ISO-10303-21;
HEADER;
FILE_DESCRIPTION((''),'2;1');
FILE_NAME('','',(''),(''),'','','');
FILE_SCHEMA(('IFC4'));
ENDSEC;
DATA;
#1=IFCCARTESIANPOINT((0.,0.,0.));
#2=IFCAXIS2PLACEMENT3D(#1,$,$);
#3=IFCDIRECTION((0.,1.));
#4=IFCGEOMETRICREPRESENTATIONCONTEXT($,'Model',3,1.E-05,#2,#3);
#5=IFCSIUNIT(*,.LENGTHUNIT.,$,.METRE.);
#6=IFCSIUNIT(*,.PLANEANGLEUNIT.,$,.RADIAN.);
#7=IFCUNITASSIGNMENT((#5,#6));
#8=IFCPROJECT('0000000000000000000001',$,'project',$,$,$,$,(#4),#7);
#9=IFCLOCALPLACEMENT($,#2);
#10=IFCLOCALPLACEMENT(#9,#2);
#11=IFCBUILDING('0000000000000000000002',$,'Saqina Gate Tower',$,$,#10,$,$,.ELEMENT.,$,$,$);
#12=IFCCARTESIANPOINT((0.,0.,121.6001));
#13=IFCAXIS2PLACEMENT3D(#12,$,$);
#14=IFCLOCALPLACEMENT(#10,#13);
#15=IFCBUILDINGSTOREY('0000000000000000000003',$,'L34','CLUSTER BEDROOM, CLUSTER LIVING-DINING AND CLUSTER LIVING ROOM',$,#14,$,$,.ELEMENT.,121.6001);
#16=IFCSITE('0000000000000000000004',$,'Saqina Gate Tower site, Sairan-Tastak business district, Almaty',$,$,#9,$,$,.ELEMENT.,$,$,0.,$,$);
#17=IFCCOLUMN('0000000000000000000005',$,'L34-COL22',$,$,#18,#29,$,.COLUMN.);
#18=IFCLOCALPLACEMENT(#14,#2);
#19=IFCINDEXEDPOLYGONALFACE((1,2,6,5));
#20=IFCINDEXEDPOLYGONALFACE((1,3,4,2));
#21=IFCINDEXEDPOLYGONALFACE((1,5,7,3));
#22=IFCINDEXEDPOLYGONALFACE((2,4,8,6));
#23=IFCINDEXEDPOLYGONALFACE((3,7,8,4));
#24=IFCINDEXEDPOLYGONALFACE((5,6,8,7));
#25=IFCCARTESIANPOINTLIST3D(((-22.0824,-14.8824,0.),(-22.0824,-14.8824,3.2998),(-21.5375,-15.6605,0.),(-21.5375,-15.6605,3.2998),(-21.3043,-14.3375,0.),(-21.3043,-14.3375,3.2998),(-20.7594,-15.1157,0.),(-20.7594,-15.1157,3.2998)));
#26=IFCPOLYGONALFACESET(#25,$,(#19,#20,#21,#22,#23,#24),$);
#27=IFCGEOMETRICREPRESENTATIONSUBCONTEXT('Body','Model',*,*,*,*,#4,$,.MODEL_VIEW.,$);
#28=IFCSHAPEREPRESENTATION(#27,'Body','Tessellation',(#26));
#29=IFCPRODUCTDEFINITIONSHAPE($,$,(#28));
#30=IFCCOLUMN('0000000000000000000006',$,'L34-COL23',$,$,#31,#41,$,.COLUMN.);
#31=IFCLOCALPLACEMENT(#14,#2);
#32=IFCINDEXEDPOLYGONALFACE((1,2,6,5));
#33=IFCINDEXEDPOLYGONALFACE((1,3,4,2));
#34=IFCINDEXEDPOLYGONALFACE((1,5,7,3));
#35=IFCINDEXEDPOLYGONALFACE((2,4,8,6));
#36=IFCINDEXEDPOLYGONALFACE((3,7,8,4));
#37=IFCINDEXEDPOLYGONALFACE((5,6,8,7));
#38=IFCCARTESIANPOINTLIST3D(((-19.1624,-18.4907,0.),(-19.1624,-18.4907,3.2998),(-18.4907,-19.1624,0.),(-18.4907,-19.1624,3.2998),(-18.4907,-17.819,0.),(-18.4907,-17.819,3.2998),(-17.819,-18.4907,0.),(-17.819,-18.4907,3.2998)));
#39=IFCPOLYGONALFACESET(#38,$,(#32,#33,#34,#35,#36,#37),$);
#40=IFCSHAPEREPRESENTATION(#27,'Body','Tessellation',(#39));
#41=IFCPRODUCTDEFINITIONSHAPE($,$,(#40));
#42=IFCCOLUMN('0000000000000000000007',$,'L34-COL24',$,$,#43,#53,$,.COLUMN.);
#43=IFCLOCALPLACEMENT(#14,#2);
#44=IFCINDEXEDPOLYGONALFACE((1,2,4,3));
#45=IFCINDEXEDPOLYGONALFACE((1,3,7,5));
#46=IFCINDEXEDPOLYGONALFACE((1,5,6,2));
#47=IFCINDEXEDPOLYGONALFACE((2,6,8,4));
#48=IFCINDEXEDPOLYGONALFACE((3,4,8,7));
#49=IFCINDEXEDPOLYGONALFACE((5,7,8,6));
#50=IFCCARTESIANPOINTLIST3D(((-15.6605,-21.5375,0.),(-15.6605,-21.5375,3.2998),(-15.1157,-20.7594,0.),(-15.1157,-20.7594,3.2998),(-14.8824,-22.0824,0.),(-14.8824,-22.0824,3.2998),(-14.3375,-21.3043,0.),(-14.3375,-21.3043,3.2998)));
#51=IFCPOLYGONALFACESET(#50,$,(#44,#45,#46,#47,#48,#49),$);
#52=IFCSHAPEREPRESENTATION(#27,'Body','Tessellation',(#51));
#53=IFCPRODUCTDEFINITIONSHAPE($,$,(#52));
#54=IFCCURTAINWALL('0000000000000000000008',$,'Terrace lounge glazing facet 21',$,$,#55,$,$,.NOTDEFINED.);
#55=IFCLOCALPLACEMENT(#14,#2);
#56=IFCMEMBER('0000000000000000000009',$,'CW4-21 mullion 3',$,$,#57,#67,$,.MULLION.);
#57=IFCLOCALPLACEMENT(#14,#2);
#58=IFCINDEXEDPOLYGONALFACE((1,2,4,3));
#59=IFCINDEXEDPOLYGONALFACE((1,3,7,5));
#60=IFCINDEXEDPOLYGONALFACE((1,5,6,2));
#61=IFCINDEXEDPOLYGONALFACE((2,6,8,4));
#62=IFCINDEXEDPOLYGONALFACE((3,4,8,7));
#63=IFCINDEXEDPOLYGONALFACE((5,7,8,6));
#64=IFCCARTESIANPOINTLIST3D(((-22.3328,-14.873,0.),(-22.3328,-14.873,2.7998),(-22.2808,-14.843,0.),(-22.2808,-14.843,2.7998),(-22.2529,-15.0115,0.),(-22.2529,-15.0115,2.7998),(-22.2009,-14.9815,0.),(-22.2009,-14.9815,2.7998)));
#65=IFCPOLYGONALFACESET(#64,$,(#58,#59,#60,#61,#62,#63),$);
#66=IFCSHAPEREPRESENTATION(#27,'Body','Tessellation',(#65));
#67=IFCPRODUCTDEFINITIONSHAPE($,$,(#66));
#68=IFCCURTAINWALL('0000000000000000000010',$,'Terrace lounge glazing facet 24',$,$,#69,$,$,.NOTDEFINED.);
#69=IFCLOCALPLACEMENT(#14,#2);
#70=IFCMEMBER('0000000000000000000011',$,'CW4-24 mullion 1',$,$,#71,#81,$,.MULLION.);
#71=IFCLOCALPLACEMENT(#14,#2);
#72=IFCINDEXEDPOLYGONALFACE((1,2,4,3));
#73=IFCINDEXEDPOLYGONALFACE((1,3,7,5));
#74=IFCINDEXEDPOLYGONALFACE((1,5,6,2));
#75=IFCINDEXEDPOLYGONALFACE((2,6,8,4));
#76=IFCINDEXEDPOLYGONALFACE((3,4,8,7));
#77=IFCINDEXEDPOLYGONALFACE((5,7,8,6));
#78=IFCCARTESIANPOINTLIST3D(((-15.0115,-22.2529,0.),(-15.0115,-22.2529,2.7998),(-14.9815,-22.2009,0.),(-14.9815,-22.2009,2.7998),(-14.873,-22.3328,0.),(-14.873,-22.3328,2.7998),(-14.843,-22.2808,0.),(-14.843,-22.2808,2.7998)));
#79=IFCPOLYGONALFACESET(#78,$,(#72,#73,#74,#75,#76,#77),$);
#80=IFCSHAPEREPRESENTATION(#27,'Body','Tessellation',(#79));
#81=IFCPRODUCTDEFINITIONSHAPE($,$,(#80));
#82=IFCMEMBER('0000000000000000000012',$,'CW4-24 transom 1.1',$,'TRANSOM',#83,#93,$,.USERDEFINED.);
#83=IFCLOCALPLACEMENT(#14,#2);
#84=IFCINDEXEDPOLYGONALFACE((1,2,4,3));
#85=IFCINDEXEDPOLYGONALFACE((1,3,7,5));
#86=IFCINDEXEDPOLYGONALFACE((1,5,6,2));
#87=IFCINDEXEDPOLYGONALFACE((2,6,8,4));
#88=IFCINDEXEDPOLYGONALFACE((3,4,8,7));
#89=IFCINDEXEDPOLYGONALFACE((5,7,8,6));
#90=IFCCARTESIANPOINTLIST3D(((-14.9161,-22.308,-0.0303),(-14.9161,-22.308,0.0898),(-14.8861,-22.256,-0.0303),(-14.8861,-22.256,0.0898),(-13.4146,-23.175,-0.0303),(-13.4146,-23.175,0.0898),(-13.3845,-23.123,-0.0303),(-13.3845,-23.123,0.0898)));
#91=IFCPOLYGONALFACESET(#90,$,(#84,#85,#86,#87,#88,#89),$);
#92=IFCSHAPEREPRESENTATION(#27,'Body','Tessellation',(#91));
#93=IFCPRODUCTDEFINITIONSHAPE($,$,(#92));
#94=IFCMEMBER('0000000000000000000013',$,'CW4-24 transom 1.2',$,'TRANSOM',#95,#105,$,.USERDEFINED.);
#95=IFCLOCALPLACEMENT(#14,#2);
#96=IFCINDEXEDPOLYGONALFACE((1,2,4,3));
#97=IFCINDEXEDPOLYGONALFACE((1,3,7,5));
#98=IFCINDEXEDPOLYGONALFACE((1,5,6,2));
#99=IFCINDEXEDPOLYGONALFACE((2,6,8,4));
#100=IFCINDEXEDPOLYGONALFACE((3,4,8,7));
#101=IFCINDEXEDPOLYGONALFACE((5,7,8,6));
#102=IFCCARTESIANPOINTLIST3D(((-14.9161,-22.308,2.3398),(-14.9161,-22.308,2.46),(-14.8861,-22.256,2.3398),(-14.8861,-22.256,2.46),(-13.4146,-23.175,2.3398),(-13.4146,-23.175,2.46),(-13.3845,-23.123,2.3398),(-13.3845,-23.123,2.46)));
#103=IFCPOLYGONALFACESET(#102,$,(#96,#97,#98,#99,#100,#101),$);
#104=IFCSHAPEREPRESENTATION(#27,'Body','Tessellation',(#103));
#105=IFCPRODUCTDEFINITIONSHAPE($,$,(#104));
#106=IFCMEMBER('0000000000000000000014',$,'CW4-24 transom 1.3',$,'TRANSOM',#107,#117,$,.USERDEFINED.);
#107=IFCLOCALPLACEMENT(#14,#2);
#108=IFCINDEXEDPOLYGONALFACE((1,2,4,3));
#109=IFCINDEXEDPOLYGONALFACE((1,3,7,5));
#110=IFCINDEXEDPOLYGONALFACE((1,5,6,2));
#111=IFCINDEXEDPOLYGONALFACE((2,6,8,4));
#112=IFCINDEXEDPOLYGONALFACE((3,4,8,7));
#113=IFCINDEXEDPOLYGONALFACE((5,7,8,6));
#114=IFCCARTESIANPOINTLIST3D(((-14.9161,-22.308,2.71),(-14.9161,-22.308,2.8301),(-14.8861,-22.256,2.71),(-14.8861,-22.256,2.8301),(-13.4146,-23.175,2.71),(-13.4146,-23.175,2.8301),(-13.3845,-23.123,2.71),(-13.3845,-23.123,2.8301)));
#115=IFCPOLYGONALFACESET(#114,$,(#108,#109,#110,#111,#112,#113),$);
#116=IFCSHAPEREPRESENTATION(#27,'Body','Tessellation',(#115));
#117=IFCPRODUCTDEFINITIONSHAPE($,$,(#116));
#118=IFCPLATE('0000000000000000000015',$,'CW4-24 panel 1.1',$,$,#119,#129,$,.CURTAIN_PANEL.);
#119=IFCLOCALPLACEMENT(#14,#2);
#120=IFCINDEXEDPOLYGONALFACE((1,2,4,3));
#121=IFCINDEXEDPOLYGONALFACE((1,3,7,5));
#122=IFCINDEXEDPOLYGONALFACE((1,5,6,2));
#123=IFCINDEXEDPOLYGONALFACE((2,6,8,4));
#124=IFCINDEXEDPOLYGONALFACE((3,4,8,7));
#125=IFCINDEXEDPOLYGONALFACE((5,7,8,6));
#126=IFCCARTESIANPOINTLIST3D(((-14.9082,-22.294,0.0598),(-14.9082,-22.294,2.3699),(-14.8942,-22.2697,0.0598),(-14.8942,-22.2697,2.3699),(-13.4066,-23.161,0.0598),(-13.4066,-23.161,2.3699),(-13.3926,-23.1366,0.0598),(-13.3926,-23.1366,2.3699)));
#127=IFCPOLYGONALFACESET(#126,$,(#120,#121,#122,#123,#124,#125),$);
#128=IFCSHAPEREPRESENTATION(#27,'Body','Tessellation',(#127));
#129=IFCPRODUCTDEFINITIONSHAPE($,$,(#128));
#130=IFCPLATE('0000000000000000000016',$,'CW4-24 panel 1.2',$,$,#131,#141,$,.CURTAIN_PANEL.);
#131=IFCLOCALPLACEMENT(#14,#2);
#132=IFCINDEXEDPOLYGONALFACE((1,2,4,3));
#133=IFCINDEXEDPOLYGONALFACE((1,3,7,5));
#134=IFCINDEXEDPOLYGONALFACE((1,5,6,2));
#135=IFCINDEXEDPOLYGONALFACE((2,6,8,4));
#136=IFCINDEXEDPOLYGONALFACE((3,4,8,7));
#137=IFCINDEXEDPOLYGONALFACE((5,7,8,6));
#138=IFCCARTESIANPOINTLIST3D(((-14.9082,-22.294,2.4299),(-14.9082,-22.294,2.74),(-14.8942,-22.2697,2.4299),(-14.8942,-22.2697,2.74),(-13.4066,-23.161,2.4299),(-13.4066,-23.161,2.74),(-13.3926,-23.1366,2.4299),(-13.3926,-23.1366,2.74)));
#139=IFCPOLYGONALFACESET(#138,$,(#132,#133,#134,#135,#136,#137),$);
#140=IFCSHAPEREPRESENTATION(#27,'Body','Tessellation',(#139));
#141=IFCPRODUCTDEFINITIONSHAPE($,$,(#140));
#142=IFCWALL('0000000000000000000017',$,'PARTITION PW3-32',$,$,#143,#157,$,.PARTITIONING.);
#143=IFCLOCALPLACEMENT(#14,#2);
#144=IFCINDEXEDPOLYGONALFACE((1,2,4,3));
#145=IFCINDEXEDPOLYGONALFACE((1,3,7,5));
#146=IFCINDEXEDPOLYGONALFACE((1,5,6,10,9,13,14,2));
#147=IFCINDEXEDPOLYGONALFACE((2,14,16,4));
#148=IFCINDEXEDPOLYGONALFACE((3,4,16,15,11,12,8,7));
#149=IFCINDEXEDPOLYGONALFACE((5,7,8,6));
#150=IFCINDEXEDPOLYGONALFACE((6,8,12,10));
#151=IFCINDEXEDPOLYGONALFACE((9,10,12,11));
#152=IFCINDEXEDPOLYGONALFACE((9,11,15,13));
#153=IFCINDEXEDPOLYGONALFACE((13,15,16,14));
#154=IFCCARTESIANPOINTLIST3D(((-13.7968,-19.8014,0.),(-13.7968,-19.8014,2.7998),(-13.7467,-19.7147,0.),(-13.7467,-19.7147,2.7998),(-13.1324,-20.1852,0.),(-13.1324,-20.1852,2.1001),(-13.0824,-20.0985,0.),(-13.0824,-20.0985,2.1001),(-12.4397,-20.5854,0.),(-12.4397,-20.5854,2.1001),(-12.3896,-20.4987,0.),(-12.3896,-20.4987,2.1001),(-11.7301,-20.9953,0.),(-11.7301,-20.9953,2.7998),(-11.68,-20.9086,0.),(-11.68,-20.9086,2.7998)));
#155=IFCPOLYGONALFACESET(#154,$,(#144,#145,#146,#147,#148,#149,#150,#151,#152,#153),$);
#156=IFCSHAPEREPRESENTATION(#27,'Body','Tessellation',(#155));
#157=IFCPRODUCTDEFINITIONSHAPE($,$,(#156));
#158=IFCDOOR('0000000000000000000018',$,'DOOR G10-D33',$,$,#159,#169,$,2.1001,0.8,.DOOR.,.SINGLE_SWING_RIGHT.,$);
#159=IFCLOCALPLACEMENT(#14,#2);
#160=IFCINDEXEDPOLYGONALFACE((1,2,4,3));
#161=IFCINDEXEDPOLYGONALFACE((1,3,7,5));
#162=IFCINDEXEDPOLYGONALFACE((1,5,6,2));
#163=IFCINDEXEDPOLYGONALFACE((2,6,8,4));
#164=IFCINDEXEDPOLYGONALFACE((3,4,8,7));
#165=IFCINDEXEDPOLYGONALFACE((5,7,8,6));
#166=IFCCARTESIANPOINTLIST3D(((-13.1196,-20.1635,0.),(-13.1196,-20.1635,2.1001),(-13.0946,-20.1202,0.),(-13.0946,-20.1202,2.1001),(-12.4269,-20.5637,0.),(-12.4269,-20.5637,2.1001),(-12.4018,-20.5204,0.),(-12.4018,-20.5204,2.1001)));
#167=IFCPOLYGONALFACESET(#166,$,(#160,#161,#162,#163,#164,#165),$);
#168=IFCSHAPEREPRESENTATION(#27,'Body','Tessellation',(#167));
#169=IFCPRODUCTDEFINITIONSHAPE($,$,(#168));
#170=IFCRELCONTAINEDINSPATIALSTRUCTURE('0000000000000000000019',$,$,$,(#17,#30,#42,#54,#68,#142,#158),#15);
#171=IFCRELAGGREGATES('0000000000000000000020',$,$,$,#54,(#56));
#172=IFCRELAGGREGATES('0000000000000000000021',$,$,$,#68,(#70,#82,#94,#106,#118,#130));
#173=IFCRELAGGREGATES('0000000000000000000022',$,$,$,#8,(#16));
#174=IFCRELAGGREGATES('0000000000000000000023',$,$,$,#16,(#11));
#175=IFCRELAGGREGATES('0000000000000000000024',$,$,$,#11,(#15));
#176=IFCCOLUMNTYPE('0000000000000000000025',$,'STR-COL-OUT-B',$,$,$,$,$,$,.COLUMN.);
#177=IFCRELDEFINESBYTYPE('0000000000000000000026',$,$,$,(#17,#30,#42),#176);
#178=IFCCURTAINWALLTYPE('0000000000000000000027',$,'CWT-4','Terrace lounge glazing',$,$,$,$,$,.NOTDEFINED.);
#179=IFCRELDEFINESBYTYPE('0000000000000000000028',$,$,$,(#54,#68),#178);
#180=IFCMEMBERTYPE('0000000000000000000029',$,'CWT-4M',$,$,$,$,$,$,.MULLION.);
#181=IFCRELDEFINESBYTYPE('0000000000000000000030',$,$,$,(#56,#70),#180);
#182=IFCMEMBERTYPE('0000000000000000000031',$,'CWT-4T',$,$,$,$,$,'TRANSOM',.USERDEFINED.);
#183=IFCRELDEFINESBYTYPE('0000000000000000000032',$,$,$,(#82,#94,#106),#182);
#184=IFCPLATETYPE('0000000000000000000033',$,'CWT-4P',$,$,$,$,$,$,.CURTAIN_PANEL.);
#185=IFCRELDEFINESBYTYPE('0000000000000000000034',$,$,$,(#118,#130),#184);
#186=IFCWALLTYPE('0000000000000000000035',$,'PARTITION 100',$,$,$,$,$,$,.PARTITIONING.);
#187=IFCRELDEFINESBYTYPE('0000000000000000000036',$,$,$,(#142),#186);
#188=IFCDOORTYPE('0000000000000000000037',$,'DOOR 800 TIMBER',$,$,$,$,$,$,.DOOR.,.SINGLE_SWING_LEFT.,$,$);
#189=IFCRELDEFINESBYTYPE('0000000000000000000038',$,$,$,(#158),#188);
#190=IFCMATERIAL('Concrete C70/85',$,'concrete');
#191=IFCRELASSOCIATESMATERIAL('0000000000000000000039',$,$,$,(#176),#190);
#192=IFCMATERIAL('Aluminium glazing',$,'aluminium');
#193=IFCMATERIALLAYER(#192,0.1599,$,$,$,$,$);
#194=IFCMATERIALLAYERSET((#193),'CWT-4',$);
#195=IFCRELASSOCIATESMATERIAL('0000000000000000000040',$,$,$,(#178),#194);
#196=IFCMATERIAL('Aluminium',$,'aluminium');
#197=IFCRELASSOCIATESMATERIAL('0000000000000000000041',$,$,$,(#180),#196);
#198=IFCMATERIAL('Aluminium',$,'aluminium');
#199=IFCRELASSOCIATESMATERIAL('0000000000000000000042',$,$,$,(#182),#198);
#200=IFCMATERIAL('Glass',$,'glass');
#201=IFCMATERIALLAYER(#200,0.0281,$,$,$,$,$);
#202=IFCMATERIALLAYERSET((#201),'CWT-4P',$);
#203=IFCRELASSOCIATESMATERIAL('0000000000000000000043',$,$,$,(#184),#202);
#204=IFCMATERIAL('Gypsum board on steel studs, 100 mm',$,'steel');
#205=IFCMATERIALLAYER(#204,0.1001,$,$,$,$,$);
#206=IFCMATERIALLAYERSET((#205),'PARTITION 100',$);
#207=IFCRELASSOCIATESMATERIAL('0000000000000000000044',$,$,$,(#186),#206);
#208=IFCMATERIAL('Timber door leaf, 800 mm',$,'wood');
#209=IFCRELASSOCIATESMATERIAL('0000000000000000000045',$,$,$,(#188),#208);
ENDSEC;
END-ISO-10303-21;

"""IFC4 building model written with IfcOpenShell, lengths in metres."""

from ifc_helpers import new_model, si_unit, direction, frame, frame_2d, origin, origin_2d, place, context, subcontext, project, spatial, rectangle, extrude, material, layer, layer_set, material_profile, profile_set, type_object, element, fill, aggregate, save


model = new_model("IFC4")

# Units and contexts
model_context = context("Model", 3, precision=1e-05, world=origin(), true_north=direction((0.0, 1.0)))
body_context = subcontext(model_context, "Body", "Model", "MODEL_VIEW")
ifc_project = project(units=[si_unit("LENGTHUNIT", "METRE"), si_unit("PLANEANGLEUNIT", "RADIAN")], contexts=[model_context])

# Site, building, storey
site_placement = place(None, origin())
site = spatial("IfcSite", under=ifc_project, at=site_placement, Name="Saqina Gate Tower site, Sairan-Tastak business district, Almaty", CompositionType="ELEMENT", RefElevation=0.0)
building_placement = place(site_placement, origin())
building = spatial("IfcBuilding", under=site, at=building_placement, Name="Saqina Gate Tower", CompositionType="ELEMENT")
storey_placement = place(building_placement, frame((0.0, 0.0, 121.6001)))
storey = spatial("IfcBuildingStorey", under=building, at=storey_placement, Name="L34", Description="CLUSTER BEDROOM, CLUSTER LIVING-DINING AND CLUSTER LIVING ROOM", CompositionType="ELEMENT", Elevation=121.6001)

# Columns
ifc_material_1 = material(Name="Concrete C70/85", Category="concrete")
ifc_material_profile_1 = material_profile(ifc_material_1, rectangle(XDim=0.95, YDim=0.95, at=origin_2d()), Name="RC 950x950")
ifc_profile_set_1 = profile_set([ifc_material_profile_1], Name="Concrete C70/85")
column_type = type_object("IfcColumnType", Name="STR-COL-OUT-B", PredefinedType="COLUMN", material=ifc_profile_set_1)
for number, where, z_axis, x_axis, name in (
    (1, (-21.4209, -14.999, 0.0), (0.0, 0.0, 1.0), (-0.819152, -0.573576, 0.0), "L34-COL22"),
    (2, (-18.4907, -18.4907, 0.0), (0.0, 0.0, 1.0), (-0.707107, -0.707107, 0.0), "L34-COL23"),
    (3, (-14.999, -21.4209, 0.0), (0.0, 0.0, 1.0), (-0.573576, -0.819152, 0.0), "L34-COL24"),
):
    element("IfcColumn", number, at=place(storey_placement, frame(where, z_axis=z_axis, x_axis=x_axis)), inside=storey, type_object=column_type, Name=name, PredefinedType="COLUMN", context=body_context, shape_type="SweptSolid", body=[
        extrude(rectangle(XDim=0.95, YDim=0.95, at=origin_2d()), origin(), (0.0, 0.0, 1.0), 3.2998),
    ])

# Curtain wall, member
ifc_material_2 = material(Name="Aluminium glazing", Category="aluminium")
ifc_layer_1 = layer(ifc_material_2, 0.1599)
ifc_layer_set_1 = layer_set([ifc_layer_1], Name="CWT-4")
curtain_wall_type = type_object("IfcCurtainWallType", Name="CWT-4", Description="Terrace lounge glazing", PredefinedType="NOTDEFINED", material=ifc_layer_set_1)
curtain_wall_1_placement = place(storey_placement, origin())
curtain_wall_1 = element("IfcCurtainWall", 4, at=curtain_wall_1_placement, inside=storey, type_object=curtain_wall_type, Name="Terrace lounge glazing facet 21", PredefinedType="NOTDEFINED")
ifc_material_3 = material(Name="Aluminium", Category="aluminium")
ifc_material_profile_2 = material_profile(ifc_material_3, rectangle(XDim=0.0601, YDim=0.1599, at=origin_2d()), Name="Aluminium 60x160")
ifc_profile_set_2 = profile_set([ifc_material_profile_2], Name="Aluminium")
member_type_1 = type_object("IfcMemberType", Name="CWT-4M", PredefinedType="MULLION", material=ifc_profile_set_2)
member_1_placement = place(storey_placement, frame((-22.2668, -14.9272, 0.0), z_axis=(0.0, 0.0, 1.0), x_axis=(0.866026, 0.499999, 0.0)))
member_1 = element("IfcMember", 5, at=member_1_placement, type_object=member_type_1, Name="CW4-21 mullion 3", PredefinedType="MULLION", context=body_context, shape_type="SweptSolid", body=[
    extrude(rectangle(XDim=0.0601, YDim=0.1599, at=origin_2d()), origin(), (0.0, 0.0, 1.0), 2.7998),
])
aggregate(curtain_wall_1, [member_1])

# Curtain wall, members, plates
curtain_wall_2_placement = place(storey_placement, origin())
curtain_wall_2 = element("IfcCurtainWall", 6, at=curtain_wall_2_placement, inside=storey, type_object=curtain_wall_type, Name="Terrace lounge glazing facet 24", PredefinedType="NOTDEFINED")
member_2_placement = place(storey_placement, frame((-14.9272, -22.2668, 0.0), z_axis=(0.0, 0.0, 1.0), x_axis=(0.499999, 0.866026, 0.0)))
member_2 = element("IfcMember", 7, at=member_2_placement, type_object=member_type_1, Name="CW4-24 mullion 1", PredefinedType="MULLION", context=body_context, shape_type="SweptSolid", body=[
    extrude(rectangle(XDim=0.0601, YDim=0.1599, at=origin_2d()), origin(), (0.0, 0.0, 1.0), 2.7998),
])
ifc_material_4 = material(Name="Aluminium", Category="aluminium")
ifc_material_profile_3 = material_profile(ifc_material_4, rectangle(XDim=0.0601, YDim=0.1201, at=origin_2d()), Name="Aluminium 60x120")
ifc_profile_set_3 = profile_set([ifc_material_profile_3], Name="Aluminium")
member_type_2 = type_object("IfcMemberType", Name="CWT-4T", ElementType="TRANSOM", PredefinedType="USERDEFINED", material=ifc_profile_set_3)
member_3_placement = place(storey_placement, frame((-14.9011, -22.282, 0.0298), z_axis=(0.866007, -0.500031, 0.0), x_axis=(0.500031, 0.866007, 0.0)))
member_3 = element("IfcMember", 8, at=member_3_placement, type_object=member_type_2, Name="CW4-24 transom 1.1", ObjectType="TRANSOM", PredefinedType="USERDEFINED", context=body_context, shape_type="SweptSolid", body=[
    extrude(rectangle(XDim=0.0601, YDim=0.1201, at=origin_2d()), origin(), (0.0, 0.0, 1.0), 1.7339),
])
member_4_placement = place(storey_placement, frame((-14.9011, -22.282, 2.3999), z_axis=(0.866007, -0.500031, 0.0), x_axis=(0.500031, 0.866007, 0.0)))
member_4 = element("IfcMember", 9, at=member_4_placement, type_object=member_type_2, Name="CW4-24 transom 1.2", ObjectType="TRANSOM", PredefinedType="USERDEFINED", context=body_context, shape_type="SweptSolid", body=[
    extrude(rectangle(XDim=0.0601, YDim=0.1201, at=origin_2d()), origin(), (0.0, 0.0, 1.0), 1.7339),
])
member_5_placement = place(storey_placement, frame((-14.9011, -22.282, 2.77), z_axis=(0.866007, -0.500031, 0.0), x_axis=(0.500031, 0.866007, 0.0)))
member_5 = element("IfcMember", 10, at=member_5_placement, type_object=member_type_2, Name="CW4-24 transom 1.3", ObjectType="TRANSOM", PredefinedType="USERDEFINED", context=body_context, shape_type="SweptSolid", body=[
    extrude(rectangle(XDim=0.0601, YDim=0.1201, at=origin_2d()), origin(), (0.0, 0.0, 1.0), 1.7339),
])
ifc_material_5 = material(Name="Glass", Category="glass")
ifc_layer_2 = layer(ifc_material_5, 0.0281)
ifc_layer_set_2 = layer_set([ifc_layer_2], Name="CWT-4P")
plate_type = type_object("IfcPlateType", Name="CWT-4P", PredefinedType="CURTAIN_PANEL", material=ifc_layer_set_2)
plate_1_placement = place(storey_placement, frame((-14.1504, -22.7153, 0.0598), z_axis=(0.0, 0.0, 1.0), x_axis=(0.866026, -0.499999, 0.0)))
plate_1 = element("IfcPlate", 11, at=plate_1_placement, type_object=plate_type, Name="CW4-24 panel 1.1", PredefinedType="CURTAIN_PANEL", context=body_context, shape_type="SweptSolid", body=[
    extrude(rectangle(XDim=1.7339, YDim=0.0281, at=origin_2d()), origin(), (0.0, 0.0, 1.0), 2.3101),
])
plate_2_placement = place(storey_placement, frame((-14.1504, -22.7153, 2.4299), z_axis=(0.0, 0.0, 1.0), x_axis=(0.866026, -0.499999, 0.0)))
plate_2 = element("IfcPlate", 12, at=plate_2_placement, type_object=plate_type, Name="CW4-24 panel 1.2", PredefinedType="CURTAIN_PANEL", context=body_context, shape_type="SweptSolid", body=[
    extrude(rectangle(XDim=1.7339, YDim=0.0281, at=origin_2d()), origin(), (0.0, 0.0, 1.0), 0.3101),
])
aggregate(curtain_wall_2, [member_2, member_3, member_4, member_5, plate_1, plate_2])

# Wall, opening, door
ifc_material_6 = material(Name="Gypsum board on steel studs, 100 mm", Category="steel")
ifc_layer_3 = layer(ifc_material_6, 0.1001)
ifc_layer_set_3 = layer_set([ifc_layer_3], Name="PARTITION 100")
wall_type_1 = type_object("IfcWallType", Name="PARTITION 100", PredefinedType="PARTITIONING", material=ifc_layer_set_3)
wall_1_placement = place(storey_placement, frame((-13.7717, -19.7581, 0.0), z_axis=(0.0, 0.0, 1.0), x_axis=(0.865904, -0.500209, 0.0)))
wall_1 = element("IfcWall", 13, at=wall_1_placement, inside=storey, type_object=wall_type_1, Name="PARTITION PW3-32", PredefinedType="PARTITIONING", context=body_context, shape_type="SweptSolid", body=[
    extrude(rectangle(XDim=2.3867, YDim=0.1001, at=frame_2d((1.1934, 0.0))), origin(), (0.0, 0.0, 1.0), 2.7998),
])
opening_1_placement = place(wall_1_placement, frame((0.7673, 0.0, 0.0)))
opening_1 = element("IfcOpeningElement", 14, at=opening_1_placement, cuts=wall_1, PredefinedType="OPENING", context=body_context, shape_type="SweptSolid", body=[
    extrude(rectangle(XDim=0.8, YDim=2.1001, at=frame_2d((0.3999, 1.05))), frame((0.0, 0.062, 0.0), z_axis=(0.0, -1.0, 0.0), x_axis=(1.0, 0.0, 0.0)), (0.0, 0.0, 1.0), 0.124),
])
ifc_material_7 = material(Name="Timber door leaf, 800 mm", Category="wood")
door_type_1 = type_object("IfcDoorType", Name="DOOR 800 TIMBER", OperationType="SINGLE_SWING_LEFT", PredefinedType="DOOR", material=ifc_material_7)
door_1_placement = place(opening_1_placement, frame((0.8, 0.0, 0.0), z_axis=(0.0, 0.0, 1.0), x_axis=(-1.0, 0.0, 0.0)))
door_1 = element("IfcDoor", 15, at=door_1_placement, inside=storey, type_object=door_type_1, Name="DOOR G10-D33", OperationType="SINGLE_SWING_RIGHT", OverallHeight=2.1001, OverallWidth=0.8, PredefinedType="DOOR", context=body_context, shape_type="SweptSolid", body=[
    extrude(rectangle(XDim=0.8, YDim=2.1001, at=frame_2d((0.3999, 1.05))), frame((0.0, 0.0249, 0.0), z_axis=(0.0, -1.0, 0.0), x_axis=(1.0, 0.0, 0.0)), (0.0, 0.0, 1.0), 0.05),
])
fill(opening_1, door_1)

save(model, "model.ifc")
